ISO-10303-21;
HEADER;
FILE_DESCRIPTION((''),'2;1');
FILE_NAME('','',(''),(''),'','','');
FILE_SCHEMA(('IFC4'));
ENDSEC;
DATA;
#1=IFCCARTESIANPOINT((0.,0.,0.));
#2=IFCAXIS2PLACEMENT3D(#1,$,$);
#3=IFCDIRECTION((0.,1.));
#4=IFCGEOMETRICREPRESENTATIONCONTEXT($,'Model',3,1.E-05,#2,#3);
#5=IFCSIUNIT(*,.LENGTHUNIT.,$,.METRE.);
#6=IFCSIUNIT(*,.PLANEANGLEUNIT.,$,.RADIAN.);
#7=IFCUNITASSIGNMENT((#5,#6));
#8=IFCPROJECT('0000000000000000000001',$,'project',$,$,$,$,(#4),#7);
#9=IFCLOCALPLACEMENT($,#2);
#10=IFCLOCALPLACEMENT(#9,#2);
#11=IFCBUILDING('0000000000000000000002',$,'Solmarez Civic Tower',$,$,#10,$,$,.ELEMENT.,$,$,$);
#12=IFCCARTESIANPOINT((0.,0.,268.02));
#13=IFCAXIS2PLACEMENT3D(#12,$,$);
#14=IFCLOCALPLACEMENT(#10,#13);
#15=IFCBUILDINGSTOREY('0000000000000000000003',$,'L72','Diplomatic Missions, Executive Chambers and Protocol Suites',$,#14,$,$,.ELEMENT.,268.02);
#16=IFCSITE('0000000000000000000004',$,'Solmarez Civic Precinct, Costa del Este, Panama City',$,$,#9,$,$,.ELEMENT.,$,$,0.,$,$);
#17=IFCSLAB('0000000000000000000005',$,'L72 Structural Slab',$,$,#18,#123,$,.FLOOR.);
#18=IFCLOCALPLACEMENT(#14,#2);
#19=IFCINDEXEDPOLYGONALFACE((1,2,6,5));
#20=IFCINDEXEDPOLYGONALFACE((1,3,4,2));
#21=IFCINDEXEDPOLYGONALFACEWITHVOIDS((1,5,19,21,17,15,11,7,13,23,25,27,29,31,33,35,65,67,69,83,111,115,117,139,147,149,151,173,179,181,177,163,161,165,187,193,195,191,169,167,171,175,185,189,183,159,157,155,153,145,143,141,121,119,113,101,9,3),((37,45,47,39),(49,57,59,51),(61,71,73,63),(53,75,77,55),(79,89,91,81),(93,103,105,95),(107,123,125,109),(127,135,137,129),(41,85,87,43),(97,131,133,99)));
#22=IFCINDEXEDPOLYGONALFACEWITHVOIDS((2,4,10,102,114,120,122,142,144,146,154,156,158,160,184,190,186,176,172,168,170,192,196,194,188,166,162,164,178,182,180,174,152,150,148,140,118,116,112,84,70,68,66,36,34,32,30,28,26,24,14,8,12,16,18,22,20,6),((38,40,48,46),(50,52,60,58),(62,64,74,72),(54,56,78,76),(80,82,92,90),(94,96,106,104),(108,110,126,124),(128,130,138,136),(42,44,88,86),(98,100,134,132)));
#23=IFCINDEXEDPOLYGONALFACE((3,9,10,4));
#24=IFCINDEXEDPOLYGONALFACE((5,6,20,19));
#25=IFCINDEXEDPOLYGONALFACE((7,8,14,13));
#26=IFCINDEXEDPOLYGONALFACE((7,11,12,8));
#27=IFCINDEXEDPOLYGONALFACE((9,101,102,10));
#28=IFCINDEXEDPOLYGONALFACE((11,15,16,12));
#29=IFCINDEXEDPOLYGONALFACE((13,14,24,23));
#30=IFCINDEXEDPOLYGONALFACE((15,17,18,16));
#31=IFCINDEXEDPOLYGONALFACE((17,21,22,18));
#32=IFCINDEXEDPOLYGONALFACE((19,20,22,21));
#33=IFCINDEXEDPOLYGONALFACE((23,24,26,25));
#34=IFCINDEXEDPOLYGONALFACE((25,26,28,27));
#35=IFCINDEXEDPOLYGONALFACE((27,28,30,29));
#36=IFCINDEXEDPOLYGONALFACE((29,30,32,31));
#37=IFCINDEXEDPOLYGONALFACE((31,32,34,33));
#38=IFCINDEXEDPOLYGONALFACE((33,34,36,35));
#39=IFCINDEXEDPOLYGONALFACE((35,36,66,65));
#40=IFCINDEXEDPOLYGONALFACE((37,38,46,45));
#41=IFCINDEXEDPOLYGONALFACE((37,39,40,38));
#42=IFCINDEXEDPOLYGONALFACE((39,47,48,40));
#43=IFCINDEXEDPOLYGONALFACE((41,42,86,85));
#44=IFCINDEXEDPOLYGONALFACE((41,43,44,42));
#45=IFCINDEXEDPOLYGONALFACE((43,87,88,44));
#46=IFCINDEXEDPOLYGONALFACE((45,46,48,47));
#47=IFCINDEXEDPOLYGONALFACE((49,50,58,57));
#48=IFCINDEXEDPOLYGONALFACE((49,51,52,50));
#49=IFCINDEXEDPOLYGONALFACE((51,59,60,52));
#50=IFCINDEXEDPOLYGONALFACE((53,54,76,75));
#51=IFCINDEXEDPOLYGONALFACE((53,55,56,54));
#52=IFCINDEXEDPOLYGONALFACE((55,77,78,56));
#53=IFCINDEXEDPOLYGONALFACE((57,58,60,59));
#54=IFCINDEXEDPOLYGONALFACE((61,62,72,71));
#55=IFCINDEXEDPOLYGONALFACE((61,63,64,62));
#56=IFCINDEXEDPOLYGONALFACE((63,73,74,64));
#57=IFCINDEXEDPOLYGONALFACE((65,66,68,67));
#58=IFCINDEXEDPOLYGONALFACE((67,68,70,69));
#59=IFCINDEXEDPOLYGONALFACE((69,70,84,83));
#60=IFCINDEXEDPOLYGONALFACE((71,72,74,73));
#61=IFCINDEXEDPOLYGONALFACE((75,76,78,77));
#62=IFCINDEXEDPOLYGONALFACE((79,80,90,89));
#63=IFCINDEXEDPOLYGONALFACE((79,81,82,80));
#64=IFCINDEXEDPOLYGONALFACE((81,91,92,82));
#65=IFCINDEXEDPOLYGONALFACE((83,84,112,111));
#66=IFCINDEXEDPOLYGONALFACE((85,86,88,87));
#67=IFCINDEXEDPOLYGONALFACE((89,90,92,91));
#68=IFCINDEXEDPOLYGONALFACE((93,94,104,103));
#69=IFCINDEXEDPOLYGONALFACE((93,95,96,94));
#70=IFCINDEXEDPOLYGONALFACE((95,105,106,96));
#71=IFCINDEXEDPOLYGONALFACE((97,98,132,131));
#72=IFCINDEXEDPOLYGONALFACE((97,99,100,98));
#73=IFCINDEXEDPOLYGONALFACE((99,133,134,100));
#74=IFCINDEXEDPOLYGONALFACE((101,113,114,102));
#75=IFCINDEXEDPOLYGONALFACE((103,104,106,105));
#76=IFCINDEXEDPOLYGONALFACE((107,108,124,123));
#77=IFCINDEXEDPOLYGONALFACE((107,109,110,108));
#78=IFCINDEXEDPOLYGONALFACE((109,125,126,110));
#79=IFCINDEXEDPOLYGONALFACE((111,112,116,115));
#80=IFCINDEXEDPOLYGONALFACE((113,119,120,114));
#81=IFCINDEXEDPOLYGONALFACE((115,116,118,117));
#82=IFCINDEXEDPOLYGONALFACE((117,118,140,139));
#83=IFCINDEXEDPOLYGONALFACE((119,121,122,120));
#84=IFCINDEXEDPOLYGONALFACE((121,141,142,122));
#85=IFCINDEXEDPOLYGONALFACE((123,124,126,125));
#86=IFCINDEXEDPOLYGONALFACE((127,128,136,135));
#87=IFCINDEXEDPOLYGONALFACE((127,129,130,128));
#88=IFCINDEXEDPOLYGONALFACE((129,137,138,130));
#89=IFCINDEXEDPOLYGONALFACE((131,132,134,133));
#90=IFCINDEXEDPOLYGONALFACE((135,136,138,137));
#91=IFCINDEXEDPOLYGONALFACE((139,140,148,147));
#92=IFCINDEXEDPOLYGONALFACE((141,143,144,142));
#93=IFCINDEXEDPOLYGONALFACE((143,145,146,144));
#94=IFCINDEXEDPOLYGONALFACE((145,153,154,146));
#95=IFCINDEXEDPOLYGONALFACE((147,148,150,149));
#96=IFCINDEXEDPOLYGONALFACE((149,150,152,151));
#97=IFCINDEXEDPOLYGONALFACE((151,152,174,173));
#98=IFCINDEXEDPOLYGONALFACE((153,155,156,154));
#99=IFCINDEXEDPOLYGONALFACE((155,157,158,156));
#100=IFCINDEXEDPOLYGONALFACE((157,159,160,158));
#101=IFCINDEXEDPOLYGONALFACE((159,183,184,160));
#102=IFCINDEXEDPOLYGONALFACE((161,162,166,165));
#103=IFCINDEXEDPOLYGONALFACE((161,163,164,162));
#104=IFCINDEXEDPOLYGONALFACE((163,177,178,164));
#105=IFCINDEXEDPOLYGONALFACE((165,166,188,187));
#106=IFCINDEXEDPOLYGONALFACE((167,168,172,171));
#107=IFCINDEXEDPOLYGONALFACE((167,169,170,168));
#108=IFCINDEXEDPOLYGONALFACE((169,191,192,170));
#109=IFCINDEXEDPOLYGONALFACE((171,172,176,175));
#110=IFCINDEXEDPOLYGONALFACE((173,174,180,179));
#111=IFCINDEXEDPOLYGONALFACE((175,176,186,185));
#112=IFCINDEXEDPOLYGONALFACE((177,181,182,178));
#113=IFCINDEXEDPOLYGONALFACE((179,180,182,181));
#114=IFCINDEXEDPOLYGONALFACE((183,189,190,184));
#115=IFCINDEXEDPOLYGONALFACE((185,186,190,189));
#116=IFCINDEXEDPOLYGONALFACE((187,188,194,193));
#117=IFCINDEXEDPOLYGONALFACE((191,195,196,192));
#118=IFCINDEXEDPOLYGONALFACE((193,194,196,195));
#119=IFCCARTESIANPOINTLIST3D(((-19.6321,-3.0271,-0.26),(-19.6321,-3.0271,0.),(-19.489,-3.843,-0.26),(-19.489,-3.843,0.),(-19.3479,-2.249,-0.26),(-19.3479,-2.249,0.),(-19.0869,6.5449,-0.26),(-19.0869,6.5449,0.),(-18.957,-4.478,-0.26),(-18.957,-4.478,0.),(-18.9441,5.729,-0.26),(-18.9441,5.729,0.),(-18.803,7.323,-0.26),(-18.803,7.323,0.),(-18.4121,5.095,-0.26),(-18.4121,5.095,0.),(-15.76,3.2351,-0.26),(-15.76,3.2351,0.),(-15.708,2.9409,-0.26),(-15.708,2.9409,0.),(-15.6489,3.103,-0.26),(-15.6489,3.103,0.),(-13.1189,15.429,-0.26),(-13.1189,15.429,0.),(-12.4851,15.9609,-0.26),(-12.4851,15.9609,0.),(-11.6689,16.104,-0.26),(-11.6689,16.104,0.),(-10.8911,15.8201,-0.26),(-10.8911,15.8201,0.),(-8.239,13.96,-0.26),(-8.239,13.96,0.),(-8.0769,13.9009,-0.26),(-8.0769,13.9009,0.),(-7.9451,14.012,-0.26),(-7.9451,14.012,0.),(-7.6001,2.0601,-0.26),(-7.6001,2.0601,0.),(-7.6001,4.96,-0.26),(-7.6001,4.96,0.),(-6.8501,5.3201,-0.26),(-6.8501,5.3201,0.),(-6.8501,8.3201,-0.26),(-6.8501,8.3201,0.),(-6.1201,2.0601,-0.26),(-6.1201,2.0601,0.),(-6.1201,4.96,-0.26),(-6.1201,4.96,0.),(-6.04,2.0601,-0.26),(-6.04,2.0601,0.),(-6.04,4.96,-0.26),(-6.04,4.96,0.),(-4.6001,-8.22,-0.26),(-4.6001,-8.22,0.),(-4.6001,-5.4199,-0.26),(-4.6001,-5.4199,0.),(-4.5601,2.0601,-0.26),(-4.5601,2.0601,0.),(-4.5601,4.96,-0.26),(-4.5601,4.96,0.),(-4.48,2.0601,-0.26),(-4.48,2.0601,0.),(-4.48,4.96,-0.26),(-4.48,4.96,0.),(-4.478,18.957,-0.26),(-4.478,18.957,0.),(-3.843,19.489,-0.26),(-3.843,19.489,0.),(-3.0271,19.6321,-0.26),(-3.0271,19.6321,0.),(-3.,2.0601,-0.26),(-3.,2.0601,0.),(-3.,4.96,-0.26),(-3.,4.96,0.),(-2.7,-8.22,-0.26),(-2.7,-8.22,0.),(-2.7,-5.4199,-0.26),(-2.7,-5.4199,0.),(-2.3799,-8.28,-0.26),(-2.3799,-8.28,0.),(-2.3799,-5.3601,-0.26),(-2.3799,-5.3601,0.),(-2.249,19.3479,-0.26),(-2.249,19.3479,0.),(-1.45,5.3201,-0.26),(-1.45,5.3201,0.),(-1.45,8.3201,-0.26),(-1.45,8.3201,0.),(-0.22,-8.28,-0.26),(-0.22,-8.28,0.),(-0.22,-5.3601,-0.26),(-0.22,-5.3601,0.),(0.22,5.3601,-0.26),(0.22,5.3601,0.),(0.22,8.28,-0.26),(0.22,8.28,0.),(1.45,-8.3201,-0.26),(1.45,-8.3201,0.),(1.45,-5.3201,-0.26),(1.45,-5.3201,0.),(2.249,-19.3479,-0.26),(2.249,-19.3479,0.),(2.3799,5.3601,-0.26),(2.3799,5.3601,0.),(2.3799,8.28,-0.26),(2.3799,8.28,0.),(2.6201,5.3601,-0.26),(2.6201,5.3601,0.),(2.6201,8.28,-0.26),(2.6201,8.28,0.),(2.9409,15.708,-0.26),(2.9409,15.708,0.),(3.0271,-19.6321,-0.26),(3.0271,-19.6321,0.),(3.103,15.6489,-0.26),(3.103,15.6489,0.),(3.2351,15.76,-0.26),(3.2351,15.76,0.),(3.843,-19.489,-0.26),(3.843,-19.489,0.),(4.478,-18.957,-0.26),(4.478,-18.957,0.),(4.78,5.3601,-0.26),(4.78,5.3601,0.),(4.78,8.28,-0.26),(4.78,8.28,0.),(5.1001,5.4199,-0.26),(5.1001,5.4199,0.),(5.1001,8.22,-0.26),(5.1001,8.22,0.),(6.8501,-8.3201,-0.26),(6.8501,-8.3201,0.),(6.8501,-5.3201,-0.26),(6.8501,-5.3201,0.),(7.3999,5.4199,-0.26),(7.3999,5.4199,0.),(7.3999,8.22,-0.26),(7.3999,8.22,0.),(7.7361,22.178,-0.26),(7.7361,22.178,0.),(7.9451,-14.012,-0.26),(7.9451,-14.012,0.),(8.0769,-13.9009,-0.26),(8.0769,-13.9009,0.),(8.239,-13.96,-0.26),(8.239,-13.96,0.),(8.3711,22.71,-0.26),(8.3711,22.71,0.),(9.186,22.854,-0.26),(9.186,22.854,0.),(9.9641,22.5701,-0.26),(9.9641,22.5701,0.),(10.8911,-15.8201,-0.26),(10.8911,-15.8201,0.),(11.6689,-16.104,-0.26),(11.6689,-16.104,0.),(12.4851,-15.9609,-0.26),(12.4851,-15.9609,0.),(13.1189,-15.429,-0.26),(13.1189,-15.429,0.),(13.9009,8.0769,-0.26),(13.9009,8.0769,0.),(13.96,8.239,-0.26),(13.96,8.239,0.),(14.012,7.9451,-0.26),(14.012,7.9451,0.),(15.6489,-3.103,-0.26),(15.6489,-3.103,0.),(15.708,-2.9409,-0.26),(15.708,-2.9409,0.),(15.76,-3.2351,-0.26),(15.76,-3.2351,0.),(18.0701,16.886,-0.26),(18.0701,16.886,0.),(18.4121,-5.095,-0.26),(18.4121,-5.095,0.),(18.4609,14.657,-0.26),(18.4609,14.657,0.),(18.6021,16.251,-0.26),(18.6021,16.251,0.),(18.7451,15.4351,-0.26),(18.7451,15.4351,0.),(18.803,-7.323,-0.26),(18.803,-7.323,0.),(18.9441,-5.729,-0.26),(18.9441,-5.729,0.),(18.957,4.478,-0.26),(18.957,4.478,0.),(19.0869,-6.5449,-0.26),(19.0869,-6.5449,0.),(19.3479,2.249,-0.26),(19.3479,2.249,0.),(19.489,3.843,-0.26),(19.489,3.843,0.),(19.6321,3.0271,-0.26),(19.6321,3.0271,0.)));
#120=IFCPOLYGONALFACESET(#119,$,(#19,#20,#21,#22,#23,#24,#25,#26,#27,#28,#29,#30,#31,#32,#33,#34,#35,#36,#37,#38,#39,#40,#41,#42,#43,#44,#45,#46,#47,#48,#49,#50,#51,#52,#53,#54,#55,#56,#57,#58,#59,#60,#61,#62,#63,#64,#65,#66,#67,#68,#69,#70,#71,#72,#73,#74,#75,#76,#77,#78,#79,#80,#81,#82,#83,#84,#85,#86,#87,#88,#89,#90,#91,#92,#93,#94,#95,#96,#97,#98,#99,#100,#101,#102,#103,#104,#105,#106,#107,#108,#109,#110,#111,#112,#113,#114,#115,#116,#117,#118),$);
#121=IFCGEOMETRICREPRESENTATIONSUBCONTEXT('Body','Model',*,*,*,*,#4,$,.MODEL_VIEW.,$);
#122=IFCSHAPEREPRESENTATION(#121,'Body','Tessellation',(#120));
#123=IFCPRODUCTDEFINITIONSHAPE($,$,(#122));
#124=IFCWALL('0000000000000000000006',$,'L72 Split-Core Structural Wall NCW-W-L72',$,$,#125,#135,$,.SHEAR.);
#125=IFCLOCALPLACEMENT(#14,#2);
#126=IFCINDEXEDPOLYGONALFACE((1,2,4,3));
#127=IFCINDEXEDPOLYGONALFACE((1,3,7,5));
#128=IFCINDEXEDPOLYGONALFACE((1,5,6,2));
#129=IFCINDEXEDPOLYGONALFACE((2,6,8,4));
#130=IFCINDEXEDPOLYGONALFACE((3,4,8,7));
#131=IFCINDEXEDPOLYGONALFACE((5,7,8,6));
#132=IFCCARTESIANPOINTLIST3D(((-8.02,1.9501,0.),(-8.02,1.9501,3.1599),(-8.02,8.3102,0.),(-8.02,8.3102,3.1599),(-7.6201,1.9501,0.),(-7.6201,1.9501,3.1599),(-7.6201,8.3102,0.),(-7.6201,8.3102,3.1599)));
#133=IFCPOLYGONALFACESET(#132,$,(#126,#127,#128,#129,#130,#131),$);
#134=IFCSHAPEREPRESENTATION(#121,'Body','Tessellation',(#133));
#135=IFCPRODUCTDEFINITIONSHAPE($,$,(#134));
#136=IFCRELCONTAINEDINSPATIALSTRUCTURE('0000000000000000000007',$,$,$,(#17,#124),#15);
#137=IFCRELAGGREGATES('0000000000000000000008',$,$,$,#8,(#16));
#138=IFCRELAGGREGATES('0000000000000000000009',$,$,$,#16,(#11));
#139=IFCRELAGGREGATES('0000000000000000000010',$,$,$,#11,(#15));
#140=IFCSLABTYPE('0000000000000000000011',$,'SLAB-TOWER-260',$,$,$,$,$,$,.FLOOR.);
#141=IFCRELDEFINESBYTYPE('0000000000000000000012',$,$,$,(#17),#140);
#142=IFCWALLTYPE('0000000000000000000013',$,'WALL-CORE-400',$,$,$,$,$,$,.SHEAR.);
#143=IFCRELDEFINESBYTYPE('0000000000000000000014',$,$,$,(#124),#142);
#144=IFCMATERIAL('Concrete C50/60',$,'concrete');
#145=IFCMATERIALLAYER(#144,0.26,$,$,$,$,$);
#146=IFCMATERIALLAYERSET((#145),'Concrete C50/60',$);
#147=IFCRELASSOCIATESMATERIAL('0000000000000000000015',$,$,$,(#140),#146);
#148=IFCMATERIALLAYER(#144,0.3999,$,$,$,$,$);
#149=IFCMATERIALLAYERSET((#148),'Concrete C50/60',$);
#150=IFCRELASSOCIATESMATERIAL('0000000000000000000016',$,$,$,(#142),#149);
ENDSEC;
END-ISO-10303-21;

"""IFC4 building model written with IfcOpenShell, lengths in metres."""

from ifc_helpers import new_model, si_unit, direction, frame, frame_2d, origin, place, context, subcontext, project, spatial, polyline, rectangle, outline, extrude, material, layer, layer_set, type_object, element, save


model = new_model("IFC4")

# Units and contexts
model_context = context("Model", 3, precision=1e-05, world=origin(), true_north=direction((0.0, 1.0)))
body_context = subcontext(model_context, "Body", "Model", "MODEL_VIEW")
ifc_project = project(units=[si_unit("LENGTHUNIT", "METRE"), si_unit("PLANEANGLEUNIT", "RADIAN")], contexts=[model_context])

# Site, building, storey
site_placement = place(None, origin())
site = spatial("IfcSite", under=ifc_project, at=site_placement, Name="Solmarez Civic Precinct, Costa del Este, Panama City", CompositionType="ELEMENT", RefElevation=0.0)
building_placement = place(site_placement, origin())
building = spatial("IfcBuilding", under=site, at=building_placement, Name="Solmarez Civic Tower", CompositionType="ELEMENT")
storey_placement = place(building_placement, frame((0.0, 0.0, 268.02)))
storey = spatial("IfcBuildingStorey", under=building, at=storey_placement, Name="L72", Description="Diplomatic Missions, Executive Chambers and Protocol Suites", CompositionType="ELEMENT", Elevation=268.02)

# Shared definitions
ifc_material_1 = material(Name="Concrete C50/60", Category="concrete")

# Slab
ifc_layer_1 = layer(ifc_material_1, 0.26)
ifc_layer_set_1 = layer_set([ifc_layer_1], Name="Concrete C50/60")
slab_type_1 = type_object("IfcSlabType", Name="SLAB-TOWER-260", PredefinedType="FLOOR", material=ifc_layer_set_1)
slab_1_placement = place(storey_placement, frame((0.0, 0.0, -0.26)))
element("IfcSlab", 1, at=slab_1_placement, inside=storey, type_object=slab_type_1, Name="L72 Structural Slab", PredefinedType="FLOOR", context=body_context, shape_type="SweptSolid", body=[
    extrude(outline(polyline([(8.239, -13.96), (10.8911, -15.8201), (11.6689, -16.104), (12.4851, -15.9609), (13.1189, -15.429), (18.803, -7.323), (19.0869, -6.5449), (18.9441, -5.729), (18.4121, -5.095), (15.76, -3.2351), (15.6489, -3.103), (15.708, -2.9409), (19.3479, 2.249), (19.6321, 3.0271), (19.489, 3.843), (18.957, 4.478), (14.012, 7.9451), (13.9009, 8.0769), (13.96, 8.239), (18.4609, 14.657), (18.7451, 15.4351), (18.6021, 16.251), (18.0701, 16.886), (9.9641, 22.5701), (9.186, 22.854), (8.3711, 22.71), (7.7361, 22.178), (3.2351, 15.76), (3.103, 15.6489), (2.9409, 15.708), (-2.249, 19.3479), (-3.0271, 19.6321), (-3.843, 19.489), (-4.478, 18.957), (-7.9451, 14.012), (-8.0769, 13.9009), (-8.239, 13.96), (-10.8911, 15.8201), (-11.6689, 16.104), (-12.4851, 15.9609), (-13.1189, 15.429), (-18.803, 7.323), (-19.0869, 6.5449), (-18.9441, 5.729), (-18.4121, 5.095), (-15.76, 3.2351), (-15.6489, 3.103), (-15.708, 2.9409), (-19.3479, -2.249), (-19.6321, -3.0271), (-19.489, -3.843), (-18.957, -4.478), (2.249, -19.3479), (3.0271, -19.6321), (3.843, -19.489), (4.478, -18.957), (7.9451, -14.012), (8.0769, -13.9009), (8.239, -13.96)]), holes=[polyline([(-1.45, 8.3201), (-6.8501, 8.3201), (-6.8501, 5.3201), (-1.45, 5.3201), (-1.45, 8.3201)]), polyline([(1.45, -8.3201), (6.8501, -8.3201), (6.8501, -5.3201), (1.45, -5.3201), (1.45, -8.3201)]), polyline([(0.22, 5.3601), (2.3799, 5.3601), (2.3799, 8.28), (0.22, 8.28), (0.22, 5.3601)]), polyline([(2.6201, 5.3601), (4.78, 5.3601), (4.78, 8.28), (2.6201, 8.28), (2.6201, 5.3601)]), polyline([(-2.3799, -8.28), (-0.22, -8.28), (-0.22, -5.3601), (-2.3799, -5.3601), (-2.3799, -8.28)]), polyline([(-7.6001, 2.0601), (-6.1201, 2.0601), (-6.1201, 4.96), (-7.6001, 4.96), (-7.6001, 2.0601)]), polyline([(-6.04, 2.0601), (-4.5601, 2.0601), (-4.5601, 4.96), (-6.04, 4.96), (-6.04, 2.0601)]), polyline([(-4.48, 2.0601), (-3.0, 2.0601), (-3.0, 4.96), (-4.48, 4.96), (-4.48, 2.0601)]), polyline([(5.1001, 5.4199), (7.3999, 5.4199), (7.3999, 8.22), (5.1001, 8.22), (5.1001, 5.4199)]), polyline([(-4.6001, -8.22), (-2.7, -8.22), (-2.7, -5.4199), (-4.6001, -5.4199), (-4.6001, -8.22)])]), origin(), (0.0, 0.0, 1.0), 0.26),
])

# Wall
ifc_layer_2 = layer(ifc_material_1, 0.3999)
ifc_layer_set_2 = layer_set([ifc_layer_2], Name="Concrete C50/60")
wall_type_1 = type_object("IfcWallType", Name="WALL-CORE-400", PredefinedType="SHEAR", material=ifc_layer_set_2)
wall_1_placement = place(storey_placement, frame((-7.8201, 1.95, 0.0), z_axis=(0.0, 0.0, 1.0), x_axis=(0.0, 1.0, 0.0)))
element("IfcWall", 2, at=wall_1_placement, inside=storey, type_object=wall_type_1, Name="L72 Split-Core Structural Wall NCW-W-L72", PredefinedType="SHEAR", context=body_context, shape_type="SweptSolid", body=[
    extrude(rectangle(XDim=6.3601, YDim=0.3999, at=frame_2d((3.1802, 0.0))), origin(), (0.0, 0.0, 1.0), 3.1599),
])

save(model, "model.ifc")
